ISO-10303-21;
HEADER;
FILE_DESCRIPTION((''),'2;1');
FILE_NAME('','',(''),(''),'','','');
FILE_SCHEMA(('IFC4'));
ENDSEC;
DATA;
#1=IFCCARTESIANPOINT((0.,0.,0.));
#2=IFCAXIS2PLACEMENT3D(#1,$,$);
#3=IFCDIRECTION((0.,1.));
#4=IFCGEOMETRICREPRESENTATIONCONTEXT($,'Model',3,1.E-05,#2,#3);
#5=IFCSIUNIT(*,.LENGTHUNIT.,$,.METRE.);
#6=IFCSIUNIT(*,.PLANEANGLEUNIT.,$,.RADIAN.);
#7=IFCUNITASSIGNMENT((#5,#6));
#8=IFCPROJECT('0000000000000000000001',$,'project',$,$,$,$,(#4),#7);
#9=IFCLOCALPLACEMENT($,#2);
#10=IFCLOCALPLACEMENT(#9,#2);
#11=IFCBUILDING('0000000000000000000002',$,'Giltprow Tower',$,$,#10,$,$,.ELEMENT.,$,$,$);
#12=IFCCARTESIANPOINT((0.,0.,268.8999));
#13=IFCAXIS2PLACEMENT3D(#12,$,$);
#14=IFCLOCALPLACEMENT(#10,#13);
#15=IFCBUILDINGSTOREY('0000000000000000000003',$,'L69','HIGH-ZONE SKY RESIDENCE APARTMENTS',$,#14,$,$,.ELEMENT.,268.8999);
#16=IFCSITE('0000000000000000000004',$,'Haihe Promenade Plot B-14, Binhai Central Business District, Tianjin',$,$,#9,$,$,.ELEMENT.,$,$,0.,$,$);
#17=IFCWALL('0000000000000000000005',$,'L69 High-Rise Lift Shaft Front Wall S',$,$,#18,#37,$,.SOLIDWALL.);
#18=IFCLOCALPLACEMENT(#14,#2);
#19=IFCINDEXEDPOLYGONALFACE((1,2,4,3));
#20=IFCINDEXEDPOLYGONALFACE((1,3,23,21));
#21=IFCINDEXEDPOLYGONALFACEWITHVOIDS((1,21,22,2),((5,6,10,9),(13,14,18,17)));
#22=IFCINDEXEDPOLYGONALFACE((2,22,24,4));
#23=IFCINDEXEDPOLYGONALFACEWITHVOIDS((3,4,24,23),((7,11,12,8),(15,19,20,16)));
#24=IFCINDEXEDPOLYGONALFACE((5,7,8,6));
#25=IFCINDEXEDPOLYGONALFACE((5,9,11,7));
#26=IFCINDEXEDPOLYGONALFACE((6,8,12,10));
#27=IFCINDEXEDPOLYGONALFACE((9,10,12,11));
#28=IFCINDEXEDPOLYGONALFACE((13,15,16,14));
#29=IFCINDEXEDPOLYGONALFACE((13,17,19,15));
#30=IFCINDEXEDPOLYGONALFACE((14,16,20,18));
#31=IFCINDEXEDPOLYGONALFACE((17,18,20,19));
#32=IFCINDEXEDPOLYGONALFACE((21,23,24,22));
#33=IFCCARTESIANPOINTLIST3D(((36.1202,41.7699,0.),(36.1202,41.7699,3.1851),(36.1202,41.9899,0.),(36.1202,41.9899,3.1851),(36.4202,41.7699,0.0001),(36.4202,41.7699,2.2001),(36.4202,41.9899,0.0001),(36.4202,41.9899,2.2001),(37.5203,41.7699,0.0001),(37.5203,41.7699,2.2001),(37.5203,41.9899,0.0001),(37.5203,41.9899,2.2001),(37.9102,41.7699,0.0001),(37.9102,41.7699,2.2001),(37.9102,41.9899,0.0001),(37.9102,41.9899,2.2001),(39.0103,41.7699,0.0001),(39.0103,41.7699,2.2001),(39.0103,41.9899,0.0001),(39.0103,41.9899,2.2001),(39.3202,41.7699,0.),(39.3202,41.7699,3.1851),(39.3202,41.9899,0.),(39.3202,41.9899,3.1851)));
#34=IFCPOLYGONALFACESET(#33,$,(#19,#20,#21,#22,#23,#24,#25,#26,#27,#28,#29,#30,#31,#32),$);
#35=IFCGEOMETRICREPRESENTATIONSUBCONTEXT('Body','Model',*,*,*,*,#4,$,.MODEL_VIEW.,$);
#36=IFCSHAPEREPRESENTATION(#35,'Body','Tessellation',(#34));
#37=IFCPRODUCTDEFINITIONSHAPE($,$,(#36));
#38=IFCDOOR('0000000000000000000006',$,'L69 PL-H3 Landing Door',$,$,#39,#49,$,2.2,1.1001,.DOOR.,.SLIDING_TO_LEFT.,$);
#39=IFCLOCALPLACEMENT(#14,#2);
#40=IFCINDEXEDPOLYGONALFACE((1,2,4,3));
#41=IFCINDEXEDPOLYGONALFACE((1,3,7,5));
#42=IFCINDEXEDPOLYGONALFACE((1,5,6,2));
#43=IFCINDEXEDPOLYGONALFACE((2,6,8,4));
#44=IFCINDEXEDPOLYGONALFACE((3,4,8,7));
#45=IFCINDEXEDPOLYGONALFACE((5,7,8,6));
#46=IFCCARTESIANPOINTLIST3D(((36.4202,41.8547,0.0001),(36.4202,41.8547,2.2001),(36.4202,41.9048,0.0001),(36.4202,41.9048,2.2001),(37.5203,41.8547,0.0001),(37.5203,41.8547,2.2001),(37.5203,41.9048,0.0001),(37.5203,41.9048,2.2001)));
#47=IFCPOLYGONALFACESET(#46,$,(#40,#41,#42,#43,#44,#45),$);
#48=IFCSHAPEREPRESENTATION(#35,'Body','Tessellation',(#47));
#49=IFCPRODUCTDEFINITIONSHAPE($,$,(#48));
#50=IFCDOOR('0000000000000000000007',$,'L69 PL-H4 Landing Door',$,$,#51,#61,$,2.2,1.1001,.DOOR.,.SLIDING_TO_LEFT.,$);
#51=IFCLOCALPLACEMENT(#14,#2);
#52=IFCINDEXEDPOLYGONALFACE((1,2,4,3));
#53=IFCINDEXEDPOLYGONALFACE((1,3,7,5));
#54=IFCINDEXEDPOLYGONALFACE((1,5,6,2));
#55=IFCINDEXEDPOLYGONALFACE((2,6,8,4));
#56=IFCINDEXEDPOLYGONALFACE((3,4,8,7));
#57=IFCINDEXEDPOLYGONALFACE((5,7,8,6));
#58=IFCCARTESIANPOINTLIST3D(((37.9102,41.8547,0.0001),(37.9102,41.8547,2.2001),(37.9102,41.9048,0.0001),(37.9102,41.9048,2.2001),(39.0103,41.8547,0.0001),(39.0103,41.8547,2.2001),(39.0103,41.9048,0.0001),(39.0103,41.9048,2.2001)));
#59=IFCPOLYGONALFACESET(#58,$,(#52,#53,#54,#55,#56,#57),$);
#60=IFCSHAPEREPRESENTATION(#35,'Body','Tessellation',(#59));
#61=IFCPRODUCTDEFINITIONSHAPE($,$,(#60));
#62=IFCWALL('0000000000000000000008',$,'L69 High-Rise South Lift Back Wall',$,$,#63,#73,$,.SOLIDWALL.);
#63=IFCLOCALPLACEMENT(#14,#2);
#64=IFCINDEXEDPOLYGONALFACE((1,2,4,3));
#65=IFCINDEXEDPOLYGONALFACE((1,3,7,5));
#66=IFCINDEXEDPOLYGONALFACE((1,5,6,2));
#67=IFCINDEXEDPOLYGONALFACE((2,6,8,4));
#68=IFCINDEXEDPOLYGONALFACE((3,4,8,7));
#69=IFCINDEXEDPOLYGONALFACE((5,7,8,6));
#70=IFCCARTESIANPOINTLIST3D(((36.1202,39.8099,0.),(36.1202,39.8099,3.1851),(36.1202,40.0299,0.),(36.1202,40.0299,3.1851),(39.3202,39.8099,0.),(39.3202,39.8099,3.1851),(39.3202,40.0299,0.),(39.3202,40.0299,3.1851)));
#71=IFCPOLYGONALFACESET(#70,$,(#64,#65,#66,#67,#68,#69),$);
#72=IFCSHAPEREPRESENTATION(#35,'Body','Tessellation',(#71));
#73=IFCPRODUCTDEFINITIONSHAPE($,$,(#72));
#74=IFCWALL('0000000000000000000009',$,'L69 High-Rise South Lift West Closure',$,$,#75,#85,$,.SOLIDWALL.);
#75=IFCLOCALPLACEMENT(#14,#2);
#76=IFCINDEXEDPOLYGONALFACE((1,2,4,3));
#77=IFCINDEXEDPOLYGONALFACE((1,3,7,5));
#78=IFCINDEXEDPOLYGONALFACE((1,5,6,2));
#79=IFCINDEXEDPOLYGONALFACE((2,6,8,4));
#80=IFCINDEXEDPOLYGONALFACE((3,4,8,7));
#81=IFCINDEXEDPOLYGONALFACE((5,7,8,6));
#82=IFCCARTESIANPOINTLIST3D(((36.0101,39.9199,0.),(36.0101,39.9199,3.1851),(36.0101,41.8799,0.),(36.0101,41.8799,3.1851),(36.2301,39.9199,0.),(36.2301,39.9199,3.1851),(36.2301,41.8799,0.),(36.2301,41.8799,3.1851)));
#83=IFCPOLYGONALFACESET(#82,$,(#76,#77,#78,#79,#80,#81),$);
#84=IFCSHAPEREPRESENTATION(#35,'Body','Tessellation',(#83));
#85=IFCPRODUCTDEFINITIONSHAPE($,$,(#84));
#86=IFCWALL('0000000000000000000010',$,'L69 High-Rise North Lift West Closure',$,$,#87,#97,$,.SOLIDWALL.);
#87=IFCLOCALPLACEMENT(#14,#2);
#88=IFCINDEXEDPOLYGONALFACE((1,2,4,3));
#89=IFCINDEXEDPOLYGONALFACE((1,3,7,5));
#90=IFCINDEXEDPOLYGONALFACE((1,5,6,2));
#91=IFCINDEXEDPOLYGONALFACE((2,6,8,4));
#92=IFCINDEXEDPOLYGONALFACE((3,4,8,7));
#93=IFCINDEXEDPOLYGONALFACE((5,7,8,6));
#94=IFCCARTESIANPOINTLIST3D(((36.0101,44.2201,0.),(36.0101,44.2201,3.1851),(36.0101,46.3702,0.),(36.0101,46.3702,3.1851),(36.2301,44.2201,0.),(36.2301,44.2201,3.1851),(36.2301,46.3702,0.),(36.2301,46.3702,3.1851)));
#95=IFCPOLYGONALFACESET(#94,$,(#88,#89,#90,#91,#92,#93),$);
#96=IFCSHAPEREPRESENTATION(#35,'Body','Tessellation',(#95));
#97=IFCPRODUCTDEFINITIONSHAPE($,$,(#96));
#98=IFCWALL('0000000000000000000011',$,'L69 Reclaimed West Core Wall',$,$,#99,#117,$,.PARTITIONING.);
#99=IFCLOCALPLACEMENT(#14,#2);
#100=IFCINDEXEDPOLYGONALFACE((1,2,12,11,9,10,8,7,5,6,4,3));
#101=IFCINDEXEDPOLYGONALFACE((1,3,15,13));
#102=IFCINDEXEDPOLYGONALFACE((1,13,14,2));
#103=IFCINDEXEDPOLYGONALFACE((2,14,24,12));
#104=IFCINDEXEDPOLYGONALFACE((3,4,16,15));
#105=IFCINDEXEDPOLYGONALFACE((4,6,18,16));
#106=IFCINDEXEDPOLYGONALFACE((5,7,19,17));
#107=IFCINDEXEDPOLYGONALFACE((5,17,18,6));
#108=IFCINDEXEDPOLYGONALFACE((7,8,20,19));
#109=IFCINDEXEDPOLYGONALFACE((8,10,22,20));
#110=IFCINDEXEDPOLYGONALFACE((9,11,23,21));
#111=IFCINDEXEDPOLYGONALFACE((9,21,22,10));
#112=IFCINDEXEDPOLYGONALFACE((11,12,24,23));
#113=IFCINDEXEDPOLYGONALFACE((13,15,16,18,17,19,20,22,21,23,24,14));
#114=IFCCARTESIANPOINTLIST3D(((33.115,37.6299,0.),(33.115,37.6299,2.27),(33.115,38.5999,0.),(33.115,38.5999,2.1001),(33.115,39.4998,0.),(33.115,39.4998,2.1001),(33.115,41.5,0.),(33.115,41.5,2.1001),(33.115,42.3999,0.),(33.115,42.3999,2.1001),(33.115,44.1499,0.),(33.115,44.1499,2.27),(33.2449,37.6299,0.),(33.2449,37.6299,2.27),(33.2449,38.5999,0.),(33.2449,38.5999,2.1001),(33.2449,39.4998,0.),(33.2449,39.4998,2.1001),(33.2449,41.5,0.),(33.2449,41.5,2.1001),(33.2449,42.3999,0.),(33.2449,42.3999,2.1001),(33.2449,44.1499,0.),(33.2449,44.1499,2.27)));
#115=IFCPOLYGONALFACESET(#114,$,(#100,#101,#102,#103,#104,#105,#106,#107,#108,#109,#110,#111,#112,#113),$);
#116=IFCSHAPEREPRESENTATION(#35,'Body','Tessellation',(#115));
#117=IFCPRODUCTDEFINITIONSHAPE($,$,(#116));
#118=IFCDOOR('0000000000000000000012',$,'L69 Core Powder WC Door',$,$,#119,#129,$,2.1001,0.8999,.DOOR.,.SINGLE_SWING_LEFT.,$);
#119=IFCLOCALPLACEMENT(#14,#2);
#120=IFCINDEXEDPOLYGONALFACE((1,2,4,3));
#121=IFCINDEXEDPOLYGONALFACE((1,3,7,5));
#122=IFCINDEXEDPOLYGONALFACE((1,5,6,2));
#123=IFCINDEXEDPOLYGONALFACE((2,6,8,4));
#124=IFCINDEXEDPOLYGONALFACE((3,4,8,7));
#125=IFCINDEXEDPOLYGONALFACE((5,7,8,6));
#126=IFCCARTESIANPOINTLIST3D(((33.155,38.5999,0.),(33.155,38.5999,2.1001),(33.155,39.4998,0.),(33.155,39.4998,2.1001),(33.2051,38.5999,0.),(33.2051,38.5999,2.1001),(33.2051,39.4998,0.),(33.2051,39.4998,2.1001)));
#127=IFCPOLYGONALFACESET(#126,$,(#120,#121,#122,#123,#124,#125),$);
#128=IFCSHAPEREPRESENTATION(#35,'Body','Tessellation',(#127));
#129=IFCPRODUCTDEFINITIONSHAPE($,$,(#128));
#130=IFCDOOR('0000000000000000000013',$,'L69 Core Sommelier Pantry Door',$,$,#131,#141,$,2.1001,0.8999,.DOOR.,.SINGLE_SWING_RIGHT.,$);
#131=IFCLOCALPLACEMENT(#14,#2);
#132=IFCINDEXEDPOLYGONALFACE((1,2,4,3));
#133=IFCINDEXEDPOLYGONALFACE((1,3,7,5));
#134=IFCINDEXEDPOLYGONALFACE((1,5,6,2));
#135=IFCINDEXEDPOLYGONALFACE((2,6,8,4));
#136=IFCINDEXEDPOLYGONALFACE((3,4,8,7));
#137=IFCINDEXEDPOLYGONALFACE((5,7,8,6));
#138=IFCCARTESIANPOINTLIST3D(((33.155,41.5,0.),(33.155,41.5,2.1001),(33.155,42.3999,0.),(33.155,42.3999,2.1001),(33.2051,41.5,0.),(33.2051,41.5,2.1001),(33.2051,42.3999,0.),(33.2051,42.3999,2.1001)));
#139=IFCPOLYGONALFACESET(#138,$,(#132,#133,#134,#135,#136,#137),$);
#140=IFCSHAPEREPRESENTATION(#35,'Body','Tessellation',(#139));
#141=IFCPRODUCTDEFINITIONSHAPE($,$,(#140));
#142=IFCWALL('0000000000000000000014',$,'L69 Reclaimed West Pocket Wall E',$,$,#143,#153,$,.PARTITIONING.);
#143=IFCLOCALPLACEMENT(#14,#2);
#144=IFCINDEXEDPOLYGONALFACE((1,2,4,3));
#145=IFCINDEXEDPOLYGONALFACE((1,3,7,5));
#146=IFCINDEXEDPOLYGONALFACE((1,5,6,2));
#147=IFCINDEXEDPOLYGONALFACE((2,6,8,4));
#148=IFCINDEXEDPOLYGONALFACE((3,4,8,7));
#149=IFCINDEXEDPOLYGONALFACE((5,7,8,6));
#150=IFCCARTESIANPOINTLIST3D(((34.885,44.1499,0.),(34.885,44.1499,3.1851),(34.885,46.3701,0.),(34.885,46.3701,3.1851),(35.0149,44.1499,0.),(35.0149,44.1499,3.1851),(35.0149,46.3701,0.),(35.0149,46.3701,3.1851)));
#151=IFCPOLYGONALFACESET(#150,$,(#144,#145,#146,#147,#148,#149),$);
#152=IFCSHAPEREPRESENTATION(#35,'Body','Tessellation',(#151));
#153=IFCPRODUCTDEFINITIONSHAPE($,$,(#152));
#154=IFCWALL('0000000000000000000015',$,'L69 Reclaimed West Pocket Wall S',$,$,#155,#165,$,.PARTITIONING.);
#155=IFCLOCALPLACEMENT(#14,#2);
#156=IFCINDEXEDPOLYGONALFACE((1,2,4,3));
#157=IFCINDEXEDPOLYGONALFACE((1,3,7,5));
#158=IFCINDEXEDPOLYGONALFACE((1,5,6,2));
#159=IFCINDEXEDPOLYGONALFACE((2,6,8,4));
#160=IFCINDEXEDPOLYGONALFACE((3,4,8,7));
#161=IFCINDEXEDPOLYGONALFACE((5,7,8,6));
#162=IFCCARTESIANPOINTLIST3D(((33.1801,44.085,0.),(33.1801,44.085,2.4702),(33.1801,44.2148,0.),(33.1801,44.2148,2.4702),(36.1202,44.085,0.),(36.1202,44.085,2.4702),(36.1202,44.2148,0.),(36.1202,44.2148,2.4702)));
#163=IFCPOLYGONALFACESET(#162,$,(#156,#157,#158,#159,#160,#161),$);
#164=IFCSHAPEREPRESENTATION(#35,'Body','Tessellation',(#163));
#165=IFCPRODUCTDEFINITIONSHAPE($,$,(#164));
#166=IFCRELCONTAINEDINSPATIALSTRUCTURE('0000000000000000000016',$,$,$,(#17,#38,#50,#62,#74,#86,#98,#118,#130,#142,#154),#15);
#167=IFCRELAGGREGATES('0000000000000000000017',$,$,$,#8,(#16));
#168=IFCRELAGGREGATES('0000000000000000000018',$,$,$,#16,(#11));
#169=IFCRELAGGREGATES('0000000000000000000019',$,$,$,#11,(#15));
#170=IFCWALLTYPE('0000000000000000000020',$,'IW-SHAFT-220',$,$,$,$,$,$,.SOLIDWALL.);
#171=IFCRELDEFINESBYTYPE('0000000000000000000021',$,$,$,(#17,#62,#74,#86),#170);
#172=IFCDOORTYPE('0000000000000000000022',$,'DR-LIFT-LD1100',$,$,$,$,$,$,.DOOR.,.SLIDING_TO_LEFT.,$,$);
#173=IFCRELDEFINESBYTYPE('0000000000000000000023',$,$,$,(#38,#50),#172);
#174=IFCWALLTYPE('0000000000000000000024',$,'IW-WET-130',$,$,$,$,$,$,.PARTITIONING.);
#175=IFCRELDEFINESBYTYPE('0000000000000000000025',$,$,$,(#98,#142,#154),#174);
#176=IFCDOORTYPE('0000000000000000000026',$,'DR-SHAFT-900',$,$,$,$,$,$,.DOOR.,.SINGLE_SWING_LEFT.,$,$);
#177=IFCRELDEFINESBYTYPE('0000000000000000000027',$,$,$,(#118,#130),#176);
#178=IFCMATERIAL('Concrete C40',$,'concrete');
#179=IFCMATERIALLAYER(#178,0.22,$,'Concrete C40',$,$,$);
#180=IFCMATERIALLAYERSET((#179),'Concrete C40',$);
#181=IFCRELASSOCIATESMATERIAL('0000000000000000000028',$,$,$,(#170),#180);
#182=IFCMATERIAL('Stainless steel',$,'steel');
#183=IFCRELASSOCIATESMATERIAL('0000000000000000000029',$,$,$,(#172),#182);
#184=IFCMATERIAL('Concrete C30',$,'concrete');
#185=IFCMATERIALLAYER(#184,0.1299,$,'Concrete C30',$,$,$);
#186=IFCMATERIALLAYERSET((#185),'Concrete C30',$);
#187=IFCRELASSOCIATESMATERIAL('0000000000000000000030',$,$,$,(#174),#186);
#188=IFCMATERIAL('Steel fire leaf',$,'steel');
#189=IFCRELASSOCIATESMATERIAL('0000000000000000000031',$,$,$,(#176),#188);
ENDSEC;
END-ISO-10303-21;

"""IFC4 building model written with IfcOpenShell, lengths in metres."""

from ifc_helpers import new_model, si_unit, direction, frame, frame_2d, origin, place, context, subcontext, project, spatial, rectangle, extrude, source, transform, mapped, material, layer, layer_set, type_object, element, fill, save


model = new_model("IFC4")

# Units and contexts
model_context = context("Model", 3, precision=1e-05, world=origin(), true_north=direction((0.0, 1.0)))
body_context = subcontext(model_context, "Body", "Model", "MODEL_VIEW")
ifc_project = project(units=[si_unit("LENGTHUNIT", "METRE"), si_unit("PLANEANGLEUNIT", "RADIAN")], contexts=[model_context])

# Site, building, storey
site_placement = place(None, origin())
site = spatial("IfcSite", under=ifc_project, at=site_placement, Name="Haihe Promenade Plot B-14, Binhai Central Business District, Tianjin", CompositionType="ELEMENT", RefElevation=0.0)
building_placement = place(site_placement, origin())
building = spatial("IfcBuilding", under=site, at=building_placement, Name="Giltprow Tower", CompositionType="ELEMENT")
storey_placement = place(building_placement, frame((0.0, 0.0, 268.8999)))
storey = spatial("IfcBuildingStorey", under=building, at=storey_placement, Name="L69", Description="HIGH-ZONE SKY RESIDENCE APARTMENTS", CompositionType="ELEMENT", Elevation=268.8999)

# Wall, openings, doors
ifc_material_1 = material(Name="Concrete C40", Category="concrete")
ifc_layer_1 = layer(ifc_material_1, 0.22, Name="Concrete C40")
ifc_layer_set_1 = layer_set([ifc_layer_1], Name="Concrete C40")
wall_type_1 = type_object("IfcWallType", Name="IW-SHAFT-220", PredefinedType="SOLIDWALL", material=ifc_layer_set_1)
ifc_material_2 = material(Name="Stainless steel", Category="steel")
door_type_1 = type_object("IfcDoorType", Name="DR-LIFT-LD1100", OperationType="SLIDING_TO_LEFT", PredefinedType="DOOR", material=ifc_material_2)
shared_shape_1 = source(origin(), body_context, "Body", "SweptSolid", [
    extrude(rectangle(XDim=1.1001, YDim=2.2, at=frame_2d((0.55, 1.1001))), frame((0.0, 0.0249, 0.0), z_axis=(0.0, -1.0, 0.0), x_axis=(1.0, 0.0, 0.0)), (0.0, 0.0, 1.0), 0.05),
])
wall_1_placement = place(storey_placement, frame((36.1201, 41.8799, 0.0), z_axis=(0.0, 0.0, 1.0), x_axis=(1.0, 0.0, 0.0)))
wall_1 = element("IfcWall", 1, at=wall_1_placement, inside=storey, type_object=wall_type_1, Name="L69 High-Rise Lift Shaft Front Wall S", PredefinedType="SOLIDWALL", context=body_context, shape_type="SweptSolid", body=[
    extrude(rectangle(XDim=3.2, YDim=0.22, at=frame_2d((1.6001, 0.0))), origin(), (0.0, 0.0, 1.0), 3.1851),
])
opening_1_placement = place(wall_1_placement, frame((0.3, 0.0, 0.0)))
opening_1 = element("IfcOpeningElement", 2, at=opening_1_placement, cuts=wall_1, PredefinedType="OPENING", context=body_context, shape_type="SweptSolid", body=[
    extrude(rectangle(XDim=1.1001, YDim=2.2, at=frame_2d((0.55, 1.1001))), frame((0.0, 0.1199, 0.0), z_axis=(0.0, -1.0, 0.0), x_axis=(1.0, 0.0, 0.0)), (0.0, 0.0, 1.0), 0.24),
])
opening_2_placement = place(wall_1_placement, frame((1.79, 0.0, 0.0)))
opening_2 = element("IfcOpeningElement", 3, at=opening_2_placement, cuts=wall_1, PredefinedType="OPENING", context=body_context, shape_type="SweptSolid", body=[
    extrude(rectangle(XDim=1.1001, YDim=2.2, at=frame_2d((0.55, 1.1001))), frame((0.0, 0.1199, 0.0), z_axis=(0.0, -1.0, 0.0), x_axis=(1.0, 0.0, 0.0)), (0.0, 0.0, 1.0), 0.24),
])
door_1_placement = place(opening_1_placement, origin())
door_1 = element("IfcDoor", 4, at=door_1_placement, inside=storey, type_object=door_type_1, Name="L69 PL-H3 Landing Door", OperationType="SLIDING_TO_LEFT", OverallHeight=2.2, OverallWidth=1.1001, PredefinedType="DOOR", context=body_context, shape_type="MappedRepresentation", body=[
    mapped(shared_shape_1, transform((0.0, 0.0, 0.0), x_axis=(1.0, 0.0, 0.0), y_axis=(0.0, 1.0, 0.0), z_axis=(0.0, 0.0, 1.0), scale=1.0)),
])
fill(opening_1, door_1)
door_2_placement = place(opening_2_placement, origin())
door_2 = element("IfcDoor", 5, at=door_2_placement, inside=storey, type_object=door_type_1, Name="L69 PL-H4 Landing Door", OperationType="SLIDING_TO_LEFT", OverallHeight=2.2, OverallWidth=1.1001, PredefinedType="DOOR", context=body_context, shape_type="MappedRepresentation", body=[
    mapped(shared_shape_1, transform((0.0, 0.0, 0.0), x_axis=(1.0, 0.0, 0.0), y_axis=(0.0, 1.0, 0.0), z_axis=(0.0, 0.0, 1.0), scale=1.0)),
])
fill(opening_2, door_2)

# Walls
wall_2_placement = place(storey_placement, frame((36.1201, 39.9199, 0.0), z_axis=(0.0, 0.0, 1.0), x_axis=(1.0, 0.0, 0.0)))
element("IfcWall", 6, at=wall_2_placement, inside=storey, type_object=wall_type_1, Name="L69 High-Rise South Lift Back Wall", PredefinedType="SOLIDWALL", context=body_context, shape_type="SweptSolid", body=[
    extrude(rectangle(XDim=3.2, YDim=0.22, at=frame_2d((1.6001, 0.0))), origin(), (0.0, 0.0, 1.0), 3.1851),
])
wall_3_placement = place(storey_placement, frame((36.1201, 39.9199, 0.0), z_axis=(0.0, 0.0, 1.0), x_axis=(0.0, 1.0, 0.0)))
element("IfcWall", 7, at=wall_3_placement, inside=storey, type_object=wall_type_1, Name="L69 High-Rise South Lift West Closure", PredefinedType="SOLIDWALL", context=body_context, shape_type="SweptSolid", body=[
    extrude(rectangle(XDim=1.96, YDim=0.22, at=frame_2d((0.98, 0.0))), origin(), (0.0, 0.0, 1.0), 3.1851),
])
wall_4_placement = place(storey_placement, frame((36.1201, 44.22, 0.0), z_axis=(0.0, 0.0, 1.0), x_axis=(0.0, 1.0, 0.0)))
element("IfcWall", 8, at=wall_4_placement, inside=storey, type_object=wall_type_1, Name="L69 High-Rise North Lift West Closure", PredefinedType="SOLIDWALL", context=body_context, shape_type="SweptSolid", body=[
    extrude(rectangle(XDim=2.1501, YDim=0.22, at=frame_2d((1.0752, 0.0))), origin(), (0.0, 0.0, 1.0), 3.1851),
])

# Wall, openings, doors
ifc_material_3 = material(Name="Concrete C30", Category="concrete")
ifc_layer_2 = layer(ifc_material_3, 0.1299, Name="Concrete C30")
ifc_layer_set_2 = layer_set([ifc_layer_2], Name="Concrete C30")
wall_type_2 = type_object("IfcWallType", Name="IW-WET-130", PredefinedType="PARTITIONING", material=ifc_layer_set_2)
wall_5_placement = place(storey_placement, frame((33.1799, 37.6299, 0.0), z_axis=(0.0, 0.0, 1.0), x_axis=(0.0, 1.0, 0.0)))
wall_5 = element("IfcWall", 9, at=wall_5_placement, inside=storey, type_object=wall_type_2, Name="L69 Reclaimed West Core Wall", PredefinedType="PARTITIONING", context=body_context, shape_type="SweptSolid", body=[
    extrude(rectangle(XDim=6.52, YDim=0.1299, at=frame_2d((3.26, 0.0))), origin(), (0.0, 0.0, 1.0), 2.27),
])
opening_3_placement = place(wall_5_placement, frame((0.97, 0.0, 0.0)))
opening_3 = element("IfcOpeningElement", 10, at=opening_3_placement, cuts=wall_5, PredefinedType="OPENING", context=body_context, shape_type="SweptSolid", body=[
    extrude(rectangle(XDim=0.8999, YDim=2.1001, at=frame_2d((0.45, 1.05))), frame((0.0, 0.075, 0.0), z_axis=(0.0, -1.0, 0.0), x_axis=(1.0, 0.0, 0.0)), (0.0, 0.0, 1.0), 0.1499),
])
opening_4_placement = place(wall_5_placement, frame((3.8701, 0.0, 0.0)))
opening_4 = element("IfcOpeningElement", 11, at=opening_4_placement, cuts=wall_5, PredefinedType="OPENING", context=body_context, shape_type="SweptSolid", body=[
    extrude(rectangle(XDim=0.8999, YDim=2.1001, at=frame_2d((0.45, 1.05))), frame((0.0, 0.075, 0.0), z_axis=(0.0, -1.0, 0.0), x_axis=(1.0, 0.0, 0.0)), (0.0, 0.0, 1.0), 0.1499),
])
ifc_material_4 = material(Name="Steel fire leaf", Category="steel")
door_type_2 = type_object("IfcDoorType", Name="DR-SHAFT-900", OperationType="SINGLE_SWING_LEFT", PredefinedType="DOOR", material=ifc_material_4)
shared_shape_2 = source(origin(), body_context, "Body", "SweptSolid", [
    extrude(rectangle(XDim=0.8999, YDim=2.1001, at=frame_2d((0.45, 1.05))), frame((0.0, 0.0249, 0.0), z_axis=(0.0, -1.0, 0.0), x_axis=(1.0, 0.0, 0.0)), (0.0, 0.0, 1.0), 0.05),
])
door_3_placement = place(opening_3_placement, origin())
door_3 = element("IfcDoor", 12, at=door_3_placement, inside=storey, type_object=door_type_2, Name="L69 Core Powder WC Door", OperationType="SINGLE_SWING_LEFT", OverallHeight=2.1001, OverallWidth=0.8999, PredefinedType="DOOR", context=body_context, shape_type="MappedRepresentation", body=[
    mapped(shared_shape_2, transform((0.0, 0.0, 0.0), x_axis=(1.0, 0.0, 0.0), y_axis=(0.0, 1.0, 0.0), z_axis=(0.0, 0.0, 1.0), scale=1.0)),
])
fill(opening_3, door_3)
door_4_placement = place(opening_4_placement, origin())
door_4 = element("IfcDoor", 13, at=door_4_placement, inside=storey, type_object=door_type_2, Name="L69 Core Sommelier Pantry Door", OperationType="SINGLE_SWING_RIGHT", OverallHeight=2.1001, OverallWidth=0.8999, PredefinedType="DOOR", context=body_context, shape_type="MappedRepresentation", body=[
    mapped(shared_shape_2, transform((0.0, 0.0, 0.0), x_axis=(1.0, 0.0, 0.0), y_axis=(0.0, 1.0, 0.0), z_axis=(0.0, 0.0, 1.0), scale=1.0)),
])
fill(opening_4, door_4)

# Walls
wall_6_placement = place(storey_placement, frame((34.95, 44.1499, 0.0), z_axis=(0.0, 0.0, 1.0), x_axis=(0.0, 1.0, 0.0)))
element("IfcWall", 14, at=wall_6_placement, inside=storey, type_object=wall_type_2, Name="L69 Reclaimed West Pocket Wall E", PredefinedType="PARTITIONING", context=body_context, shape_type="SweptSolid", body=[
    extrude(rectangle(XDim=2.2202, YDim=0.1299, at=frame_2d((1.1101, 0.0))), origin(), (0.0, 0.0, 1.0), 3.1851),
])
wall_7_placement = place(storey_placement, frame((33.1799, 44.1499, 0.0), z_axis=(0.0, 0.0, 1.0), x_axis=(1.0, 0.0, 0.0)))
element("IfcWall", 15, at=wall_7_placement, inside=storey, type_object=wall_type_2, Name="L69 Reclaimed West Pocket Wall S", PredefinedType="PARTITIONING", context=body_context, shape_type="SweptSolid", body=[
    extrude(rectangle(XDim=2.9402, YDim=0.1299, at=frame_2d((1.4702, 0.0))), origin(), (0.0, 0.0, 1.0), 2.4702),
])

save(model, "model.ifc")
